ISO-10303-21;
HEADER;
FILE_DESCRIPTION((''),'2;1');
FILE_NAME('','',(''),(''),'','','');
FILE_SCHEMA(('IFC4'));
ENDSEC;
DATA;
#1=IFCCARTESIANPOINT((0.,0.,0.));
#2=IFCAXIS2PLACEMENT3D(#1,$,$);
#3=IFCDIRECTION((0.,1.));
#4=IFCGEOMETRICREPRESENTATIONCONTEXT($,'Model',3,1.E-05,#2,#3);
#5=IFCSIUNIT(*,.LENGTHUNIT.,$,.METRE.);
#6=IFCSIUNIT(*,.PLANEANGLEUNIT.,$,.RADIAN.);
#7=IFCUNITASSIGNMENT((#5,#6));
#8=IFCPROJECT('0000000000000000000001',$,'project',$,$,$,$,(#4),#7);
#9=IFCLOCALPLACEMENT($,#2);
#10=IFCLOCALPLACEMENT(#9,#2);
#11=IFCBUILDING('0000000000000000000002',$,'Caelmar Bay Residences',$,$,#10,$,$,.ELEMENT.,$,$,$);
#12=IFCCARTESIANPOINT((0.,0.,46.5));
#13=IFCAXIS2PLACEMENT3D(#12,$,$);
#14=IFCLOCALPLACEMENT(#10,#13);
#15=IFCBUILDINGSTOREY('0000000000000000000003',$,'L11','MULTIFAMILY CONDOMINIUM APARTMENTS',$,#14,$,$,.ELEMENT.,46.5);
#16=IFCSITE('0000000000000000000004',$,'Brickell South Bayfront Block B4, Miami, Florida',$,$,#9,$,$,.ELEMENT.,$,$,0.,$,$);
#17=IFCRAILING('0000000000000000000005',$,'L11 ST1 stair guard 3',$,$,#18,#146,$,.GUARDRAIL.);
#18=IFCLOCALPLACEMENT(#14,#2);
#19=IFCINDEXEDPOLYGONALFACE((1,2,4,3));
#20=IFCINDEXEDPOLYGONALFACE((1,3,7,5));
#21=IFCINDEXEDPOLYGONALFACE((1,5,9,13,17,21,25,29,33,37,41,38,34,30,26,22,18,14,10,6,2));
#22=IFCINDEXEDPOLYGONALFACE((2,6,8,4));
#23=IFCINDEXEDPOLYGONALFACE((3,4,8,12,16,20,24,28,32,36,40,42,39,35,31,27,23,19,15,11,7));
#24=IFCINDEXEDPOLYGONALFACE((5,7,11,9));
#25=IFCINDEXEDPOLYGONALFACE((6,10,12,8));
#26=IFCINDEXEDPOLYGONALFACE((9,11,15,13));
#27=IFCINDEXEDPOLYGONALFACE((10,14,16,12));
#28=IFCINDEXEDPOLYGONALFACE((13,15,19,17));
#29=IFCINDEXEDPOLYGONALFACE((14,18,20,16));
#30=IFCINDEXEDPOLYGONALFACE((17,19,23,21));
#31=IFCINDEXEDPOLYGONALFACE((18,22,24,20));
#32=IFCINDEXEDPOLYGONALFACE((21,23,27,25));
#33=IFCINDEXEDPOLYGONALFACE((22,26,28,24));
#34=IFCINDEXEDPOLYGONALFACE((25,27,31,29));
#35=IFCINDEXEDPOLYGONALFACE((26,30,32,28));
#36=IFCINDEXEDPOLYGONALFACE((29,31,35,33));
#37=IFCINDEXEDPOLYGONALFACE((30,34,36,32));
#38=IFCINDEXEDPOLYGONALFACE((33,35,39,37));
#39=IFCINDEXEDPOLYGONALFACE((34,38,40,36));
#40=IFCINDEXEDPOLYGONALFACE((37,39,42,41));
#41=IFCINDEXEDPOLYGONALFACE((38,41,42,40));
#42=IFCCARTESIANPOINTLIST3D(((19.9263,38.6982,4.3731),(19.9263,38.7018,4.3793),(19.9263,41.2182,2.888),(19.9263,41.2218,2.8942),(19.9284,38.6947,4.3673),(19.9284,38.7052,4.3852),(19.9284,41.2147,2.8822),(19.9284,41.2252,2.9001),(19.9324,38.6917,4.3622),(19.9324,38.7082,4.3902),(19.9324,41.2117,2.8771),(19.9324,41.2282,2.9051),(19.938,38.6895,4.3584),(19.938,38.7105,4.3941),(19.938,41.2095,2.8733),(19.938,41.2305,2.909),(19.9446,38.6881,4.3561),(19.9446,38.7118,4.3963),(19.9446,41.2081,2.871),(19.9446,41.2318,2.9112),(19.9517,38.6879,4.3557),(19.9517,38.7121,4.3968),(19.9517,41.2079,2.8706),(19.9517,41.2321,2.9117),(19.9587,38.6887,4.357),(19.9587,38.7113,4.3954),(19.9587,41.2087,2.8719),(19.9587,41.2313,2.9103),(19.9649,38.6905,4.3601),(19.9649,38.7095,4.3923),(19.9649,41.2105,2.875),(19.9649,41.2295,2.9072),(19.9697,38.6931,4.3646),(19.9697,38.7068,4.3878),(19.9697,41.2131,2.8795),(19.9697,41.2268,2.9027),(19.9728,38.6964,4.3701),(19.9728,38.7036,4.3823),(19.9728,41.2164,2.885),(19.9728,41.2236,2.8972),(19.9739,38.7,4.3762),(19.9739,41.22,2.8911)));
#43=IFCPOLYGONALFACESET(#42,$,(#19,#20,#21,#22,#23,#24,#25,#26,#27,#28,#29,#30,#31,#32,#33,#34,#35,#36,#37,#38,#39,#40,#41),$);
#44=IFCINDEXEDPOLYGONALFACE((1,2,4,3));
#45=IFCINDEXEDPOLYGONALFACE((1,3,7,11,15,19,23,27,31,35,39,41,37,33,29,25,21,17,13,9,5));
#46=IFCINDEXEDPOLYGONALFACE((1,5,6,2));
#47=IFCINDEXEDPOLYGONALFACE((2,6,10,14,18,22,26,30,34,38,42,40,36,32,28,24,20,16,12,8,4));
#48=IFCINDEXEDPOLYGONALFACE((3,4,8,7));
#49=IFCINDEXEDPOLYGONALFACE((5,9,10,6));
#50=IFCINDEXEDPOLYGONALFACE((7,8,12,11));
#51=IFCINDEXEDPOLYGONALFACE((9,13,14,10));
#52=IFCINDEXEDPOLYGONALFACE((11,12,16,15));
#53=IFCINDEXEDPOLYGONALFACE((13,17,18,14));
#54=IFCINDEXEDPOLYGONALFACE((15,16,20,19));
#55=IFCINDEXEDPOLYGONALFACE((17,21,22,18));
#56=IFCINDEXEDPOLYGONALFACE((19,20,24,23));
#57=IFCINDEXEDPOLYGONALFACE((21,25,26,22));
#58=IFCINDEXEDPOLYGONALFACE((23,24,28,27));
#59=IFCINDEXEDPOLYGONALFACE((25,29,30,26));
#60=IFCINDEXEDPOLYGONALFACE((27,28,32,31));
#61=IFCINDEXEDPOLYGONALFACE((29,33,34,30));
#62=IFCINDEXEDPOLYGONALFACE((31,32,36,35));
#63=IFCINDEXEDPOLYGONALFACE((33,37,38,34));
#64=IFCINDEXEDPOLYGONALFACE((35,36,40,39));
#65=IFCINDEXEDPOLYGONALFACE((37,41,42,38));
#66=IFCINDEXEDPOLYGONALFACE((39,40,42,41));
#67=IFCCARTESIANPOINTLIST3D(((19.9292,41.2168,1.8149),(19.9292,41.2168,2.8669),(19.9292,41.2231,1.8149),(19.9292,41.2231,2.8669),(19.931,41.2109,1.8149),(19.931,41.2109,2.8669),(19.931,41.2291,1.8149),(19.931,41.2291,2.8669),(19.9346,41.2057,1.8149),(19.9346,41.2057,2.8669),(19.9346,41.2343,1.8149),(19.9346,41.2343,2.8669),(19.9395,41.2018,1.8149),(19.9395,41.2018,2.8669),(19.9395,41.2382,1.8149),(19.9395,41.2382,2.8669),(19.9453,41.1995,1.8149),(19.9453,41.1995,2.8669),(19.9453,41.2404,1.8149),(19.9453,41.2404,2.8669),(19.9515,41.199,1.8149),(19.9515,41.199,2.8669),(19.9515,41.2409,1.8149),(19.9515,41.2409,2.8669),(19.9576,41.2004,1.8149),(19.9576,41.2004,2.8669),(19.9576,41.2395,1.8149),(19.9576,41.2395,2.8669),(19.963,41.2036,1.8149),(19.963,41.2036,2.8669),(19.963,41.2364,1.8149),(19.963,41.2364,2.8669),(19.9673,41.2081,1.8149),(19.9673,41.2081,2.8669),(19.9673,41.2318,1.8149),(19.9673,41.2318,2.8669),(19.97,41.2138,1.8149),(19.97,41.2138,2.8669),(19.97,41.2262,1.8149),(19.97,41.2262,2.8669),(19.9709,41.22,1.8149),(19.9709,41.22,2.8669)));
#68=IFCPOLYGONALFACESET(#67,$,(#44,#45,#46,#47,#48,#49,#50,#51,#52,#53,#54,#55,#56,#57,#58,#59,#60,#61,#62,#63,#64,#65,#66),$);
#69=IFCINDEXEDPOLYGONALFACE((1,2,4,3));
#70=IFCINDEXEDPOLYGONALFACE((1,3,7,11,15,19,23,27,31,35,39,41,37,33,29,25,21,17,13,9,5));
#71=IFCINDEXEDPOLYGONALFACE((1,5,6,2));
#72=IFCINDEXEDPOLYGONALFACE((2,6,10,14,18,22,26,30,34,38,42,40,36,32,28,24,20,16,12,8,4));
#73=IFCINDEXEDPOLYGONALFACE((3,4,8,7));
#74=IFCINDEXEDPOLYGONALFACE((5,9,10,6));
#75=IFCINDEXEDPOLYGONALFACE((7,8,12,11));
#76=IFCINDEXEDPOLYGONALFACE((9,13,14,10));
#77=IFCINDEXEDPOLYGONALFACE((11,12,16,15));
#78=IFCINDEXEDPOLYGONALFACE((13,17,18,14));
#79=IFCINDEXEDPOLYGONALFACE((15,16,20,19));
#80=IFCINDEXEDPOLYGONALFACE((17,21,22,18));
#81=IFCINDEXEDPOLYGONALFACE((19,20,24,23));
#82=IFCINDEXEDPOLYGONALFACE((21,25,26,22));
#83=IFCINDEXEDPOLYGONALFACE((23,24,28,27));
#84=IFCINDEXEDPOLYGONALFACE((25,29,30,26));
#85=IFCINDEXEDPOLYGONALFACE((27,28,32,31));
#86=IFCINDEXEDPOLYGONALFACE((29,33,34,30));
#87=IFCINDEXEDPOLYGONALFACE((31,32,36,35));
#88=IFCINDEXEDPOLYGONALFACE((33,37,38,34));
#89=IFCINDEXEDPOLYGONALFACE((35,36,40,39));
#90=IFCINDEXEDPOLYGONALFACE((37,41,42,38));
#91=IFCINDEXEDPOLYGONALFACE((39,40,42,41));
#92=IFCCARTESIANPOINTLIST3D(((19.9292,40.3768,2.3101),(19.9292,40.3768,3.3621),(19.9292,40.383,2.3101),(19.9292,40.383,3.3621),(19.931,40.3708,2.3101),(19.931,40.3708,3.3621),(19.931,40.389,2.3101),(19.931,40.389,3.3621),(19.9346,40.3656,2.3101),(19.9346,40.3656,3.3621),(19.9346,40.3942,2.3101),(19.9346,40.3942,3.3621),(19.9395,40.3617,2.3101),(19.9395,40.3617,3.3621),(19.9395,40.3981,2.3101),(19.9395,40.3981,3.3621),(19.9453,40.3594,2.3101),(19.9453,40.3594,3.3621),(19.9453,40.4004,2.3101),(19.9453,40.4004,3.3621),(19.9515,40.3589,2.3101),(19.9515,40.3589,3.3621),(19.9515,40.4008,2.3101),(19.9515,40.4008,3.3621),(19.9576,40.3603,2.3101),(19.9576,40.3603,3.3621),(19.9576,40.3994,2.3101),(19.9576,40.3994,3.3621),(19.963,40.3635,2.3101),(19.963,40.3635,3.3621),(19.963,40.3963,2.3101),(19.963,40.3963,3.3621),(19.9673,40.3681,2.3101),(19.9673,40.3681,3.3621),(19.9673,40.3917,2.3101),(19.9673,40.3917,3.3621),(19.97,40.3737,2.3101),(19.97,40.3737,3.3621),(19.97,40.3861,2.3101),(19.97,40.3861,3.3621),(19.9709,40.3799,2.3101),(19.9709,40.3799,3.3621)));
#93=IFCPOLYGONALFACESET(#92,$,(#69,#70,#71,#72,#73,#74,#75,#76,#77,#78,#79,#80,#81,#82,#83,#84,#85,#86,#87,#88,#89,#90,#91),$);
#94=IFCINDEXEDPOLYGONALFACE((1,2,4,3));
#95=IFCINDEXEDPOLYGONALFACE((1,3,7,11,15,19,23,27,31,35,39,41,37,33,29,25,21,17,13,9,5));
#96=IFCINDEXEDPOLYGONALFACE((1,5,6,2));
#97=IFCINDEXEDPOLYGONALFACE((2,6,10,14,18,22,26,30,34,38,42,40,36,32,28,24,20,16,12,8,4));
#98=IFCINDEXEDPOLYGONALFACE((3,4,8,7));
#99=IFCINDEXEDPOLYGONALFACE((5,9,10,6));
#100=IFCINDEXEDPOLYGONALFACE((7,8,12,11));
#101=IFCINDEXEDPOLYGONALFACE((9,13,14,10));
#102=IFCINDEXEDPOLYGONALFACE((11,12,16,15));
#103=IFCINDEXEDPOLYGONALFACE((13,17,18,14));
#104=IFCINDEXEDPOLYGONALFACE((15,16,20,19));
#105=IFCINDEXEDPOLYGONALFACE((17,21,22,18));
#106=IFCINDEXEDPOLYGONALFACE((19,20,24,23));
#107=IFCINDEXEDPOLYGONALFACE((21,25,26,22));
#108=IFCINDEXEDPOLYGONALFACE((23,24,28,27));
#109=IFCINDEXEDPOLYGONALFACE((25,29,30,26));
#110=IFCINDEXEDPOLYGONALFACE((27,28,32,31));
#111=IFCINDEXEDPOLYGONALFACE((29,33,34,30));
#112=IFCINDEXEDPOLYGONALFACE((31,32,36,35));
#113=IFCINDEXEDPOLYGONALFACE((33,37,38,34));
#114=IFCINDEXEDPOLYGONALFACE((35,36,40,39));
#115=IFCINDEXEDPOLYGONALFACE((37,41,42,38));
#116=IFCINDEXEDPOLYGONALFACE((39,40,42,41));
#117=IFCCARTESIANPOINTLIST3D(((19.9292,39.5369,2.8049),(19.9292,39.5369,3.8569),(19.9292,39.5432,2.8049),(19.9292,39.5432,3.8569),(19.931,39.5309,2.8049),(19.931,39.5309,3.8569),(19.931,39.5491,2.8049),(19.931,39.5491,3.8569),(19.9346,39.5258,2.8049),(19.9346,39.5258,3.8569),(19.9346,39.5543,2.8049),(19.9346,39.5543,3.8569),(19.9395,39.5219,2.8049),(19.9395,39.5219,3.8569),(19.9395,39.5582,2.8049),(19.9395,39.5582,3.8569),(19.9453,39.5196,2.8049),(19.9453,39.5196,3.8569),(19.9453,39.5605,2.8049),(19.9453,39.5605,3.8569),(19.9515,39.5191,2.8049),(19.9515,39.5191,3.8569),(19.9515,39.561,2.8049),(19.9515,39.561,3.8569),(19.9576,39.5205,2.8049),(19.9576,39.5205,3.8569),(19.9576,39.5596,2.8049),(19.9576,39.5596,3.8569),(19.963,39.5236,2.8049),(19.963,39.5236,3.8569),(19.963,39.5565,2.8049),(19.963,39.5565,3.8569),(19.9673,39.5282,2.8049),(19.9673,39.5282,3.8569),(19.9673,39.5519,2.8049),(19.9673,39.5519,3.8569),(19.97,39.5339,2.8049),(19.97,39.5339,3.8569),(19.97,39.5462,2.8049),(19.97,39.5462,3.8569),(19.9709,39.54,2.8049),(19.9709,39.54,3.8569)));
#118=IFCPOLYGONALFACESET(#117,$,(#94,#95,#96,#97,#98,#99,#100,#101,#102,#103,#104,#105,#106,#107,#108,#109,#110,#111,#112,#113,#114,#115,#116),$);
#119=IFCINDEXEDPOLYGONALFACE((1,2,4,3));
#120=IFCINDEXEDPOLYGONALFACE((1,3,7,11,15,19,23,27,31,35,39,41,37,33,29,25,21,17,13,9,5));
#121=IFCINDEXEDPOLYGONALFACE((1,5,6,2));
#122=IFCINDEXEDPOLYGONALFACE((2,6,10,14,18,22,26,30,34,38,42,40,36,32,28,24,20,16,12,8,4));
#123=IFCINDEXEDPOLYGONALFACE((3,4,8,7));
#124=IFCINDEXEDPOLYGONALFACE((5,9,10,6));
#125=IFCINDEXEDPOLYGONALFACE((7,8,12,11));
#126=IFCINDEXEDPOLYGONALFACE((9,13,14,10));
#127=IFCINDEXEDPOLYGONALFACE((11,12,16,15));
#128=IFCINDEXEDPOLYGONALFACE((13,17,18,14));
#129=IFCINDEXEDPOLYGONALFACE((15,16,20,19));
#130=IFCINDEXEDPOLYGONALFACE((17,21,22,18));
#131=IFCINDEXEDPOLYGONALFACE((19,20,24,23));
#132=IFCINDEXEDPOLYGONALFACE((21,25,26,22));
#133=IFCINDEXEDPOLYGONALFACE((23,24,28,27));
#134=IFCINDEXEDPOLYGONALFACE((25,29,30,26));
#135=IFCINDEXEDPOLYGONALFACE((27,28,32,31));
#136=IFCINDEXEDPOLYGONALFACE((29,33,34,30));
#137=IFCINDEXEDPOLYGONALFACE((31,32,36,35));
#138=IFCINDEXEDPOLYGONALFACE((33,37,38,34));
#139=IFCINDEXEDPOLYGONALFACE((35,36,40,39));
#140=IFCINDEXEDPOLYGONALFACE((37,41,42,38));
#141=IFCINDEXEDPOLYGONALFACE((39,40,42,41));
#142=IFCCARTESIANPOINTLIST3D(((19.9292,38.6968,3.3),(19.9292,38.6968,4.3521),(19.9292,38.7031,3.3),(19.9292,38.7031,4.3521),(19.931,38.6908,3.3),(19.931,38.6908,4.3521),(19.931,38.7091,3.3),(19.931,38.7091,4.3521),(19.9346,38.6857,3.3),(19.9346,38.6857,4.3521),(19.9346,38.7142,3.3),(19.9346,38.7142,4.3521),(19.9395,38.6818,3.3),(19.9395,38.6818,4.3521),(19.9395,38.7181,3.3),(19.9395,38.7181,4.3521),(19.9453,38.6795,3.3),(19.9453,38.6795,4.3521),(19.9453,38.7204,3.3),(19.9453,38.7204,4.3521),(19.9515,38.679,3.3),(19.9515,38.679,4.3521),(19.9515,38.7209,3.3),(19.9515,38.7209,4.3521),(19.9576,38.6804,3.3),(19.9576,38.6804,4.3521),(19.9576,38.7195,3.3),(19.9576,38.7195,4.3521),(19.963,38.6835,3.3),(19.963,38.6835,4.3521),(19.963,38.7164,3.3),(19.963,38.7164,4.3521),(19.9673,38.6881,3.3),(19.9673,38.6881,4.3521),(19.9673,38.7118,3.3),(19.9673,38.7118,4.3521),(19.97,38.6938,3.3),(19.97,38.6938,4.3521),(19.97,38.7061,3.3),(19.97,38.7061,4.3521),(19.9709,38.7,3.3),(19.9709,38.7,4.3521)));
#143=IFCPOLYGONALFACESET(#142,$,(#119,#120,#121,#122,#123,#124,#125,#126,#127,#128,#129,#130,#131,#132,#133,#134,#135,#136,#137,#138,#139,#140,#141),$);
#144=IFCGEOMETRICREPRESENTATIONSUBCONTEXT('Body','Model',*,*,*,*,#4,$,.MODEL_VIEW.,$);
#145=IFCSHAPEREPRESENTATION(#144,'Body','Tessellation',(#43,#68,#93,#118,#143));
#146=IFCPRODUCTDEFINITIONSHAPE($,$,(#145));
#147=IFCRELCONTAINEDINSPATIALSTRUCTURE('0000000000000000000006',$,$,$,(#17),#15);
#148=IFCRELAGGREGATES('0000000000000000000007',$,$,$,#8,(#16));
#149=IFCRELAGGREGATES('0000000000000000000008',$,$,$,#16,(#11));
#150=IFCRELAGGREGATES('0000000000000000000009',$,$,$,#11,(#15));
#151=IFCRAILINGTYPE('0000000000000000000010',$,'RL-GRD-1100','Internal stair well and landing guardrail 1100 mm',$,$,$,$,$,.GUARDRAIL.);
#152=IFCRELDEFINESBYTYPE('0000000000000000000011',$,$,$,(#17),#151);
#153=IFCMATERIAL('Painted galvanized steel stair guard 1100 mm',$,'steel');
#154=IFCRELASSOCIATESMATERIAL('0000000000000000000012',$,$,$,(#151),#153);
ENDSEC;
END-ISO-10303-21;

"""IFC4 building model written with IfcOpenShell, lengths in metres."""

from ifc_helpers import new_model, si_unit, direction, frame, origin, origin_2d, place, context, subcontext, project, spatial, circle, extrude, material, type_object, element, save


model = new_model("IFC4")

# Units and contexts
model_context = context("Model", 3, precision=1e-05, world=origin(), true_north=direction((0.0, 1.0)))
body_context = subcontext(model_context, "Body", "Model", "MODEL_VIEW")
ifc_project = project(units=[si_unit("LENGTHUNIT", "METRE"), si_unit("PLANEANGLEUNIT", "RADIAN")], contexts=[model_context])

# Site, building, storey
site_placement = place(None, origin())
site = spatial("IfcSite", under=ifc_project, at=site_placement, Name="Brickell South Bayfront Block B4, Miami, Florida", CompositionType="ELEMENT", RefElevation=0.0)
building_placement = place(site_placement, origin())
building = spatial("IfcBuilding", under=site, at=building_placement, Name="Caelmar Bay Residences", CompositionType="ELEMENT")
storey_placement = place(building_placement, frame((0.0, 0.0, 46.5)))
storey = spatial("IfcBuildingStorey", under=building, at=storey_placement, Name="L11", Description="MULTIFAMILY CONDOMINIUM APARTMENTS", CompositionType="ELEMENT", Elevation=46.5)

# Railing
ifc_material_1 = material(Name="Painted galvanized steel stair guard 1100 mm", Category="steel")
railing_type_1 = type_object("IfcRailingType", Name="RL-GRD-1100", Description="Internal stair well and landing guardrail 1100 mm", PredefinedType="GUARDRAIL", material=ifc_material_1)
railing_1_placement = place(storey_placement, frame((19.95, 41.22, 1.8149)))
element("IfcRailing", 1, at=railing_1_placement, inside=storey, type_object=railing_type_1, Name="L11 ST1 stair guard 3", PredefinedType="GUARDRAIL", context=body_context, shape_type="SweptSolid", body=[
    extrude(circle(Radius=0.0239, at=origin_2d()), frame((0.0, 0.0, 1.0762), z_axis=(0.0, -0.861524, 0.507717), x_axis=(1.0, 0.0, 0.0)), (0.0, 0.0, 1.0), 2.925),
    extrude(circle(Radius=0.021, at=origin_2d()), origin(), (0.0, 0.0, 1.0), 1.052),
    extrude(circle(Radius=0.021, at=origin_2d()), frame((0.0, -0.8401, 0.4951)), (0.0, 0.0, 1.0), 1.052),
    extrude(circle(Radius=0.021, at=origin_2d()), frame((0.0, -1.6799, 0.99)), (0.0, 0.0, 1.0), 1.052),
    extrude(circle(Radius=0.021, at=origin_2d()), frame((0.0, -2.52, 1.4851)), (0.0, 0.0, 1.0), 1.052),
])

save(model, "model.ifc")
